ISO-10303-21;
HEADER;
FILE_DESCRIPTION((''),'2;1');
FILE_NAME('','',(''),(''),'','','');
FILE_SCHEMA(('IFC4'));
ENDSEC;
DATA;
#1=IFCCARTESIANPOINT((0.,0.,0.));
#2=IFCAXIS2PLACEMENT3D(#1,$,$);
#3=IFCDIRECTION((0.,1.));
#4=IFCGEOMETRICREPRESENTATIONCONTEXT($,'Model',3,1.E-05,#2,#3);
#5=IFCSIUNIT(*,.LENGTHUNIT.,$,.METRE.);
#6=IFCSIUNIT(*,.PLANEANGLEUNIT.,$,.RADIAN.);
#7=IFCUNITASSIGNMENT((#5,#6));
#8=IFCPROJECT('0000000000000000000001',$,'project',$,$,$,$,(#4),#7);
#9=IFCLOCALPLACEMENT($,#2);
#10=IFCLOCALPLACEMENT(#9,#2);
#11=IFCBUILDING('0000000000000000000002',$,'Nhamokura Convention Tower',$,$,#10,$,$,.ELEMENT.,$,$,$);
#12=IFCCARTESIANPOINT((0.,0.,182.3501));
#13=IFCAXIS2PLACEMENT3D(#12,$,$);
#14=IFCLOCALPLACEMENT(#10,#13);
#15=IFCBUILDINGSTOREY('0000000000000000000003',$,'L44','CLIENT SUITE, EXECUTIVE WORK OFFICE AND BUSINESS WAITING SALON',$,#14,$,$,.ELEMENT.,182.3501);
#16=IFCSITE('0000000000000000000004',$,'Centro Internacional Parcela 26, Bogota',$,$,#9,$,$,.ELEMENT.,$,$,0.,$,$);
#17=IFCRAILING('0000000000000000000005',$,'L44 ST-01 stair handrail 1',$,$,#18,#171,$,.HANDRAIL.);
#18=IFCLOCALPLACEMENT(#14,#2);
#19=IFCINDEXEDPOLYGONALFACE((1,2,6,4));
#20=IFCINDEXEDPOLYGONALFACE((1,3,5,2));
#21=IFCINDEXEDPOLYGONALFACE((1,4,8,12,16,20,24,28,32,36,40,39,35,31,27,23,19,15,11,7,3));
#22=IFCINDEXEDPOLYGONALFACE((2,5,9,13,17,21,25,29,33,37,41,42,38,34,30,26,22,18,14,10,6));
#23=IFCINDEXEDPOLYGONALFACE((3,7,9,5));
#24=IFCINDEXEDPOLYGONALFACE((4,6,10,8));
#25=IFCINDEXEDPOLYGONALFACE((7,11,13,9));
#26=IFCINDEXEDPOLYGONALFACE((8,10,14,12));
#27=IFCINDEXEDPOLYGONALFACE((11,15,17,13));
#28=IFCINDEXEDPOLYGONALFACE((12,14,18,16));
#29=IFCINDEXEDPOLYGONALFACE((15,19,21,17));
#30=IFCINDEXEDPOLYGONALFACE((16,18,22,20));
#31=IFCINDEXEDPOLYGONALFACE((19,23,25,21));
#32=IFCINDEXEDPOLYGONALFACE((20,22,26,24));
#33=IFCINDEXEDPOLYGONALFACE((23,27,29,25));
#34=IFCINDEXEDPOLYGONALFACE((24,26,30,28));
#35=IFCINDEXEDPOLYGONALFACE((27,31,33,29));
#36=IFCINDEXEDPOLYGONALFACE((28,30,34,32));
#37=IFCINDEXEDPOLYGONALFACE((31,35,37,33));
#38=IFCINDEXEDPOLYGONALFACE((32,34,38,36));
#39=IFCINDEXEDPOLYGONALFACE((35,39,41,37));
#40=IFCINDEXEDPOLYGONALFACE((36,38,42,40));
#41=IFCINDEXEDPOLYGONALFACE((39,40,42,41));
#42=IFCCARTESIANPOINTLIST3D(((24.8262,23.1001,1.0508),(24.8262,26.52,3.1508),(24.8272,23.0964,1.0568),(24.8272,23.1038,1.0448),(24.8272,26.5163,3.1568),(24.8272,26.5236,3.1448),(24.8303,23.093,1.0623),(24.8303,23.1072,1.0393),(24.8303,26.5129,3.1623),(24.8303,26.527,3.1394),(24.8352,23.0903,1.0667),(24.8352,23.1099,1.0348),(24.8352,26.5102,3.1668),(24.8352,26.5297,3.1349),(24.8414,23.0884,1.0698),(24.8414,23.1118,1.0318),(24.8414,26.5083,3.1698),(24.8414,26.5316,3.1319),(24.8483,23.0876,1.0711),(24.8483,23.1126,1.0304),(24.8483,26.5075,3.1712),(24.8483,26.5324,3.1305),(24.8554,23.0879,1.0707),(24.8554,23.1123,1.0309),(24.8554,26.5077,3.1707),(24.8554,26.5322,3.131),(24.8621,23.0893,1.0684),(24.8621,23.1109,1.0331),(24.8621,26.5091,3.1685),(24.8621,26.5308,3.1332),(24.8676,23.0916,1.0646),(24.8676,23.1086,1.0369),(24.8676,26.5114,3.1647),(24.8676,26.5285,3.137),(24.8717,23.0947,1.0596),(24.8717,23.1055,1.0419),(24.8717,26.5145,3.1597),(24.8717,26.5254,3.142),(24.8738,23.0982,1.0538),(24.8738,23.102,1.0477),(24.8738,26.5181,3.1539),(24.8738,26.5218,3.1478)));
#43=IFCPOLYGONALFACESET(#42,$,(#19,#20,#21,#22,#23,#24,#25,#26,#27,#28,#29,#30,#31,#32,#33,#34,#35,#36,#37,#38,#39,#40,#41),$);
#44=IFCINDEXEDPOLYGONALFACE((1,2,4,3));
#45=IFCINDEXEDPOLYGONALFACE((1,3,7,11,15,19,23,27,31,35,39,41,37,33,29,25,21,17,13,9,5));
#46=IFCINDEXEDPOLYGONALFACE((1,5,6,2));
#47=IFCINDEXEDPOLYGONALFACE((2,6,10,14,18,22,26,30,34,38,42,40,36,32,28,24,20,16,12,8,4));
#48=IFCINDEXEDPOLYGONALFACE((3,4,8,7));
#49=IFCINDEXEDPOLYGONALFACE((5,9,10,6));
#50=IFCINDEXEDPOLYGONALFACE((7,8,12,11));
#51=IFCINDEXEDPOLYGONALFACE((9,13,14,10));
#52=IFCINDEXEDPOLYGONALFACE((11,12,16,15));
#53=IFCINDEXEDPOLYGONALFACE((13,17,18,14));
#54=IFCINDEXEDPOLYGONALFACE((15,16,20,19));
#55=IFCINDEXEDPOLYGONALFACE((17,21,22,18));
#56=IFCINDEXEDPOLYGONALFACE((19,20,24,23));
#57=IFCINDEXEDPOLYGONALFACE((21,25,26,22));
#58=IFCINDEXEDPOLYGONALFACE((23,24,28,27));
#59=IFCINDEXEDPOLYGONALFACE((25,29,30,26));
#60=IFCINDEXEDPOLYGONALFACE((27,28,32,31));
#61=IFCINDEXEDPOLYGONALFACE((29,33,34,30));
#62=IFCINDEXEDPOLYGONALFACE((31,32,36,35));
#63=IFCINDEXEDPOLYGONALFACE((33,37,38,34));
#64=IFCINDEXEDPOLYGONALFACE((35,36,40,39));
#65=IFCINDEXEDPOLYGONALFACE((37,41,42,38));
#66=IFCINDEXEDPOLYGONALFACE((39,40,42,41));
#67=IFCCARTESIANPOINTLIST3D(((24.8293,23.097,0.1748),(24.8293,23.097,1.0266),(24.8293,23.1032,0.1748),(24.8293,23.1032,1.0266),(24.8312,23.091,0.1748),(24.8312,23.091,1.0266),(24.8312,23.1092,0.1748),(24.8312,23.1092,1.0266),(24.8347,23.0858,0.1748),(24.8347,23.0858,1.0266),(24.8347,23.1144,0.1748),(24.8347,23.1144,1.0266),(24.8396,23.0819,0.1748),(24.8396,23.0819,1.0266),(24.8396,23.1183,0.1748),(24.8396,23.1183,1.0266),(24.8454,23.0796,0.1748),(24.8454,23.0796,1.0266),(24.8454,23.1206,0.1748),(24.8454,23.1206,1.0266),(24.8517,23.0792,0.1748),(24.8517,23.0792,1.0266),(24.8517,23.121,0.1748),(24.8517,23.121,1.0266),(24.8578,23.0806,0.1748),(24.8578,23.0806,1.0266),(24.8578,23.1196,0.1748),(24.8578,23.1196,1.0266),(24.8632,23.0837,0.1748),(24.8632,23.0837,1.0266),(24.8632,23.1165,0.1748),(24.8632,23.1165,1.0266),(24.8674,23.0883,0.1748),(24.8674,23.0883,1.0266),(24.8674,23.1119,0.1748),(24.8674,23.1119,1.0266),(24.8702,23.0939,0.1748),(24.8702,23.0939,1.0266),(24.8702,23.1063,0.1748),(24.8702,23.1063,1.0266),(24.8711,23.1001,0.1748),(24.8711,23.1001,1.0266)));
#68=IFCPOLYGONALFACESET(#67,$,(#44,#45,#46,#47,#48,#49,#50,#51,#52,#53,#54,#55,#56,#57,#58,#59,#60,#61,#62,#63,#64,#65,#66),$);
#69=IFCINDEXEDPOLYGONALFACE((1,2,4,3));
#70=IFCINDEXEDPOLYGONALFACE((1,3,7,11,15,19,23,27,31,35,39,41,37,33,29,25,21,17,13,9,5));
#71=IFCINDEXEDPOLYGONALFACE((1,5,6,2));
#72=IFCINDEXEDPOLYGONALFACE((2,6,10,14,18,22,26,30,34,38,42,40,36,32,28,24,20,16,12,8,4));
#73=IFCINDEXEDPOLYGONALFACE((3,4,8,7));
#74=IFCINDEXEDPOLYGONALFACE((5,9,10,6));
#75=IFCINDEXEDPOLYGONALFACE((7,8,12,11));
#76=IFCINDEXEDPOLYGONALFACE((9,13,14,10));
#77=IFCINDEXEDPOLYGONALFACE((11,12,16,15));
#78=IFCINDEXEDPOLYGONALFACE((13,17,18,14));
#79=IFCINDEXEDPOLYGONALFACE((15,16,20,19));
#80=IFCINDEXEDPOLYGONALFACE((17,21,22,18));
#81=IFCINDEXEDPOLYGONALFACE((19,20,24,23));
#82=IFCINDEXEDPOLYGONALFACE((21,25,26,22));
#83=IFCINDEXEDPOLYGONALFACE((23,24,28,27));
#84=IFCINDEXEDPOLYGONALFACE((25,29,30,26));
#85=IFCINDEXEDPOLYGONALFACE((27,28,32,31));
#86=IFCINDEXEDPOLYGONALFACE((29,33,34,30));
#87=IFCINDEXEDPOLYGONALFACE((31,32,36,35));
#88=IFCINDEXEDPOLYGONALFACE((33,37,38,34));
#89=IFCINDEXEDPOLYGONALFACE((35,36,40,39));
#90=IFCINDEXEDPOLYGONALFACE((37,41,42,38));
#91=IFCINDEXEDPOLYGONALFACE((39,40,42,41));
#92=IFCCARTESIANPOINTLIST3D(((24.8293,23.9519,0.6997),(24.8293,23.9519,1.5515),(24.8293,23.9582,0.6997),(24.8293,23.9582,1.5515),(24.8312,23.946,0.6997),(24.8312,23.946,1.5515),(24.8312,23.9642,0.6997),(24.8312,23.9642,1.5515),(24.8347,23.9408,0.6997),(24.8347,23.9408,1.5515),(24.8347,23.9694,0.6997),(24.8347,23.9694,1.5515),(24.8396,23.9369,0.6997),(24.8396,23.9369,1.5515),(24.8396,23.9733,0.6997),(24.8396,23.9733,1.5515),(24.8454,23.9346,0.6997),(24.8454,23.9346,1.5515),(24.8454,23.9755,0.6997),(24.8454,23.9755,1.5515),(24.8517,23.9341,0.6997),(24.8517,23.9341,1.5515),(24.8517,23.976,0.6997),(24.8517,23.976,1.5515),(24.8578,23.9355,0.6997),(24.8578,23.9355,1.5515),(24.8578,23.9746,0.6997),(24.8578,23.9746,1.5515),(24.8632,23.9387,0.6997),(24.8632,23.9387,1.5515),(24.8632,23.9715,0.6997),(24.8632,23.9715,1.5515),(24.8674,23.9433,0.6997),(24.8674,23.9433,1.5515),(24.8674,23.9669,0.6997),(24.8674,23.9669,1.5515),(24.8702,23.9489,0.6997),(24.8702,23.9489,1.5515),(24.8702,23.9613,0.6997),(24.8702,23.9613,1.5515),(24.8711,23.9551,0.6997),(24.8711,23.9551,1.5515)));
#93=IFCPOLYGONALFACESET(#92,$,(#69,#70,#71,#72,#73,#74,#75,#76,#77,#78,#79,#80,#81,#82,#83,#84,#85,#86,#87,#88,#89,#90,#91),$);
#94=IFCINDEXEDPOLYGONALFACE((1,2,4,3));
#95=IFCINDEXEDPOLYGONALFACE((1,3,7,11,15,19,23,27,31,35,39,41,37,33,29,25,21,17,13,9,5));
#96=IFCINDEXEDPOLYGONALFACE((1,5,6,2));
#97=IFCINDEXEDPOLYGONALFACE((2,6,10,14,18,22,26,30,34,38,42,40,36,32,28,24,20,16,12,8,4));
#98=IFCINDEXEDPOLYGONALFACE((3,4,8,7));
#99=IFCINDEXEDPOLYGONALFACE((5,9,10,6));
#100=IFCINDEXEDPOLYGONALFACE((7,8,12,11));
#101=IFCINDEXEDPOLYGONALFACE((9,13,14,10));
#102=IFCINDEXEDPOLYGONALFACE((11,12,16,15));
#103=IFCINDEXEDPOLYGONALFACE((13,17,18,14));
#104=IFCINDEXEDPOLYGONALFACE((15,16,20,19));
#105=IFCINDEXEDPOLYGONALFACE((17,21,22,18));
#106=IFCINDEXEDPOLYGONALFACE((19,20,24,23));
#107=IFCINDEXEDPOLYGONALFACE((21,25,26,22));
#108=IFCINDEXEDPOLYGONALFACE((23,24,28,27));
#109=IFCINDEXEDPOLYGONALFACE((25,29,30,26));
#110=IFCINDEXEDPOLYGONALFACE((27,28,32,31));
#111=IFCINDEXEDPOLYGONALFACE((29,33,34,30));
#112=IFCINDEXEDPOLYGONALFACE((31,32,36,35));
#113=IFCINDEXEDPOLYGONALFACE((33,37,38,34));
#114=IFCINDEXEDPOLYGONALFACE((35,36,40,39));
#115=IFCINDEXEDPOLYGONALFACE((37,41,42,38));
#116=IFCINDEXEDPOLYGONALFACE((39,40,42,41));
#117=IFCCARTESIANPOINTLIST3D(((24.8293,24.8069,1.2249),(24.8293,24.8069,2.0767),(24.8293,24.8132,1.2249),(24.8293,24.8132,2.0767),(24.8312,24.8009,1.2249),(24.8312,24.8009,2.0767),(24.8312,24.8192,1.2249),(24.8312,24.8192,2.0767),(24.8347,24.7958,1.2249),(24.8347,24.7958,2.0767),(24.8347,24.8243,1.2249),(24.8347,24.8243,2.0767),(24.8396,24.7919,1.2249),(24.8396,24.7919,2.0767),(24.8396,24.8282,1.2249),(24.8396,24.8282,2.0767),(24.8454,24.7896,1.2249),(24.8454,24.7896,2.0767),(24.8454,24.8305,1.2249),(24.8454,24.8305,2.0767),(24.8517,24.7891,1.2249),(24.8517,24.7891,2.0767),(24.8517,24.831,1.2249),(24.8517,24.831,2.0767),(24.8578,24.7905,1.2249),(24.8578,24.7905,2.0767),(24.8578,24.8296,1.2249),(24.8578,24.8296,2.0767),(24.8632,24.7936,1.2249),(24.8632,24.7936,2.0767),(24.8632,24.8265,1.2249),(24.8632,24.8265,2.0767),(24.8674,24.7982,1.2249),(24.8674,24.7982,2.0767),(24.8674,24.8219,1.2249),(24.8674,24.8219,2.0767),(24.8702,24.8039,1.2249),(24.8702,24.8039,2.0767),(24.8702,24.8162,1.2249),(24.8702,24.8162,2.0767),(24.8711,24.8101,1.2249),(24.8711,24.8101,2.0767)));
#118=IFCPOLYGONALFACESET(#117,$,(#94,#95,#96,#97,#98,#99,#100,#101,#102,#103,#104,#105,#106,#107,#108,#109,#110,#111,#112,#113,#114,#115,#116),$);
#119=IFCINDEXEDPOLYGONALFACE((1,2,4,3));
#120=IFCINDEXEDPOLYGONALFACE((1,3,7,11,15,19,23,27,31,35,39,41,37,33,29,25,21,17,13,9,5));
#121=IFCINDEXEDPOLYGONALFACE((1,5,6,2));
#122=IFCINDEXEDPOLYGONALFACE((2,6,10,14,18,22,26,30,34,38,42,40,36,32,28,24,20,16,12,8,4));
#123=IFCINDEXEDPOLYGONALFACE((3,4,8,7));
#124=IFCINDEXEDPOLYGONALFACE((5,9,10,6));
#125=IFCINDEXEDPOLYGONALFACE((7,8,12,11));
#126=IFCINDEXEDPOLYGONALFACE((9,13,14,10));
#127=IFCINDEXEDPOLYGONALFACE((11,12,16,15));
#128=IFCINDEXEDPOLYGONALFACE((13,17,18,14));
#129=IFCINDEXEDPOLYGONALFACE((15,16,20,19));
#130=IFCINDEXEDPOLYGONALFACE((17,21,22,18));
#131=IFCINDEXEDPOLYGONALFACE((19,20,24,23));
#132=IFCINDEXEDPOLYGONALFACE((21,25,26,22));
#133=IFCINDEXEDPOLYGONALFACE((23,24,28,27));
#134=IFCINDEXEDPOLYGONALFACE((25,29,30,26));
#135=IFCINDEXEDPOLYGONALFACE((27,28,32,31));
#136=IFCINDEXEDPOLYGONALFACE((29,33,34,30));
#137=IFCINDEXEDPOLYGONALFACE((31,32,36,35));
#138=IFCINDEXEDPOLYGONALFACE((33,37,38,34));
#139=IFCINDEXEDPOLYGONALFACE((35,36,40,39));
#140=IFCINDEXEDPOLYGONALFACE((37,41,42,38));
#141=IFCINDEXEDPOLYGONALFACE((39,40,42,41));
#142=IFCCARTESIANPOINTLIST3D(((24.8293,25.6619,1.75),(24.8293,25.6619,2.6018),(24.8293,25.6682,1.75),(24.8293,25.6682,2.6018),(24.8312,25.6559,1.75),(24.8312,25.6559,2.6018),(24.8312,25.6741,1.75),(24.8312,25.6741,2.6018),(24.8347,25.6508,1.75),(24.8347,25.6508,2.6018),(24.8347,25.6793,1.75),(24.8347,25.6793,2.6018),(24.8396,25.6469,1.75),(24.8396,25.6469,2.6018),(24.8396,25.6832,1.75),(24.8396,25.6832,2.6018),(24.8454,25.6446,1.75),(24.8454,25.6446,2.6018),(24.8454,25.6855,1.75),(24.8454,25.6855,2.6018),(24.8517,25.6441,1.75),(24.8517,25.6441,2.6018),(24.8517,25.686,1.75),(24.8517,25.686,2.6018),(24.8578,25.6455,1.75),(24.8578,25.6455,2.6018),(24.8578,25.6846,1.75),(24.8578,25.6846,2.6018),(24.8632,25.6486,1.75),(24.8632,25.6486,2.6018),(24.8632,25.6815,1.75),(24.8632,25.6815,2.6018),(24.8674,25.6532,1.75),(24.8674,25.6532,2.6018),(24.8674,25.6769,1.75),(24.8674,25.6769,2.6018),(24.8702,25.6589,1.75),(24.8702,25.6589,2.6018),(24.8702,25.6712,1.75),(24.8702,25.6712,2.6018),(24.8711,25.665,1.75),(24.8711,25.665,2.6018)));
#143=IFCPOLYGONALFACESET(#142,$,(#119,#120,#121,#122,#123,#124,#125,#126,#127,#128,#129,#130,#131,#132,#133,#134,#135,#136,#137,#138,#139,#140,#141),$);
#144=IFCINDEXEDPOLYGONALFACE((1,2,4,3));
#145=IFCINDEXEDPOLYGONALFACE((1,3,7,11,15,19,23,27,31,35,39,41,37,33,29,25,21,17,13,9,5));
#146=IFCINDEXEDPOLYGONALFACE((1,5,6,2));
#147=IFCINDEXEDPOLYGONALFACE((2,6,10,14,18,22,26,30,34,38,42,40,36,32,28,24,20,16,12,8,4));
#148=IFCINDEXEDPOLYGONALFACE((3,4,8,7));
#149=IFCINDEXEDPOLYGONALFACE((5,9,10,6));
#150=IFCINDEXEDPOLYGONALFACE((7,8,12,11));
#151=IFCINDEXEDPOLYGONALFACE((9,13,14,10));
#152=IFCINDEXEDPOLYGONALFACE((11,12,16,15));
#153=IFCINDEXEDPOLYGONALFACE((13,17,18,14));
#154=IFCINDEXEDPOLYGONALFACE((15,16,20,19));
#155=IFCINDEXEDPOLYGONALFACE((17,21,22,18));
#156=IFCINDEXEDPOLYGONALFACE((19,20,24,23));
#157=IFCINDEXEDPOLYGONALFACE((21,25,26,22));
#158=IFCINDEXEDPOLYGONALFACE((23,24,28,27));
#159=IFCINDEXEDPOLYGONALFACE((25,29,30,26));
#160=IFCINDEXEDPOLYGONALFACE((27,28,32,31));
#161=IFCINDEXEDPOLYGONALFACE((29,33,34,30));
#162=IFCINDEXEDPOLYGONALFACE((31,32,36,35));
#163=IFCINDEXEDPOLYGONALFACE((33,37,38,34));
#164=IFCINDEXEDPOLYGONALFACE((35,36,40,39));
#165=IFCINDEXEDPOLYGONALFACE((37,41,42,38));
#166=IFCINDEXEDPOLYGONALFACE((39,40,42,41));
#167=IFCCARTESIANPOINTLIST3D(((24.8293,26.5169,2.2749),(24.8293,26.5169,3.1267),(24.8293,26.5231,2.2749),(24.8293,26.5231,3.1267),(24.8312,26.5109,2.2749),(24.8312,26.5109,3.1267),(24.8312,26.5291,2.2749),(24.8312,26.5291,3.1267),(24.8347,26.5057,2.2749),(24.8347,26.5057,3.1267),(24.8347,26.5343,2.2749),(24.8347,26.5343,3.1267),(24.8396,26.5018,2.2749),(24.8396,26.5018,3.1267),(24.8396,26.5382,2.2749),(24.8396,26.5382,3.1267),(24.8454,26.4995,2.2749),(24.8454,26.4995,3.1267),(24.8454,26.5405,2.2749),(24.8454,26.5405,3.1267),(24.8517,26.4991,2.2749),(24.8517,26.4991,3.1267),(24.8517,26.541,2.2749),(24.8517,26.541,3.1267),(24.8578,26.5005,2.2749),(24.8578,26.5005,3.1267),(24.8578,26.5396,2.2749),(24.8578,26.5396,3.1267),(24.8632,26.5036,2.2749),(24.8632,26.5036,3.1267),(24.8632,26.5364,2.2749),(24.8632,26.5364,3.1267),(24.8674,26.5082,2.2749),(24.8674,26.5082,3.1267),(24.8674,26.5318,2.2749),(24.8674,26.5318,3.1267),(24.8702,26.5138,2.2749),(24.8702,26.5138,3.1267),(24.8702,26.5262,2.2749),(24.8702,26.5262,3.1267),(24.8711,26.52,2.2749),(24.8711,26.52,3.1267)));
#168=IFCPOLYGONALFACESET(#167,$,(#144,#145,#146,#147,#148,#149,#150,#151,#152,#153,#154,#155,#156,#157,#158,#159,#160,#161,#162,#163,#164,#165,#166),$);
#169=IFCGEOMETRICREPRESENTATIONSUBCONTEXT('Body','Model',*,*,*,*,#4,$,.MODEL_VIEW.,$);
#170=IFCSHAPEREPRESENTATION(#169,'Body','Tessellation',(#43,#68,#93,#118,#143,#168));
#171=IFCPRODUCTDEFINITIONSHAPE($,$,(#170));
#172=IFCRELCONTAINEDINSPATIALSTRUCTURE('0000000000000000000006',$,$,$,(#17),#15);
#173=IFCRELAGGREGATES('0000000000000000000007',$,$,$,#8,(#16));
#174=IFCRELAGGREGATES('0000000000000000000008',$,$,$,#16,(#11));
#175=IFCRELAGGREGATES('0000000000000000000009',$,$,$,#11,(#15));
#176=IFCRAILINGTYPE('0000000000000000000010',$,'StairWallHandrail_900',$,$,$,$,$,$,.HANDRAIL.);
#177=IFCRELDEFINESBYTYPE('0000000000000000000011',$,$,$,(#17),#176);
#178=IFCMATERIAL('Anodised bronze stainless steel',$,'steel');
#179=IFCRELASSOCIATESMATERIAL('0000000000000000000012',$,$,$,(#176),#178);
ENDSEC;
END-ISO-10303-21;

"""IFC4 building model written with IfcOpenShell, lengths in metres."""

from ifc_helpers import new_model, si_unit, direction, frame, origin, origin_2d, place, context, subcontext, project, spatial, circle, extrude, material, type_object, element, save


model = new_model("IFC4")

# Units and contexts
model_context = context("Model", 3, precision=1e-05, world=origin(), true_north=direction((0.0, 1.0)))
body_context = subcontext(model_context, "Body", "Model", "MODEL_VIEW")
ifc_project = project(units=[si_unit("LENGTHUNIT", "METRE"), si_unit("PLANEANGLEUNIT", "RADIAN")], contexts=[model_context])

# Site, building, storey
site_placement = place(None, origin())
site = spatial("IfcSite", under=ifc_project, at=site_placement, Name="Centro Internacional Parcela 26, Bogota", CompositionType="ELEMENT", RefElevation=0.0)
building_placement = place(site_placement, origin())
building = spatial("IfcBuilding", under=site, at=building_placement, Name="Nhamokura Convention Tower", CompositionType="ELEMENT")
storey_placement = place(building_placement, frame((0.0, 0.0, 182.3501)))
storey = spatial("IfcBuildingStorey", under=building, at=storey_placement, Name="L44", Description="CLIENT SUITE, EXECUTIVE WORK OFFICE AND BUSINESS WAITING SALON", CompositionType="ELEMENT", Elevation=182.3501)

# Railing
ifc_material_1 = material(Name="Anodised bronze stainless steel", Category="steel")
railing_type_1 = type_object("IfcRailingType", Name="StairWallHandrail_900", PredefinedType="HANDRAIL", material=ifc_material_1)
railing_1_placement = place(storey_placement, frame((24.8501, 23.1001, 0.1748)))
element("IfcRailing", 1, at=railing_1_placement, inside=storey, type_object=railing_type_1, Name="L44 ST-01 stair handrail 1", PredefinedType="HANDRAIL", context=body_context, shape_type="SweptSolid", body=[
    extrude(circle(Radius=0.0239, at=origin_2d()), frame((0.0, 0.0, 0.876), z_axis=(0.0, 0.852155, 0.523289), x_axis=(-1.0, 0.0, 0.0)), (0.0, 0.0, 1.0), 4.0132),
    extrude(circle(Radius=0.021, at=origin_2d()), origin(), (0.0, 0.0, 1.0), 0.8518),
    extrude(circle(Radius=0.021, at=origin_2d()), frame((0.0, 0.855, 0.5249)), (0.0, 0.0, 1.0), 0.8518),
    extrude(circle(Radius=0.021, at=origin_2d()), frame((0.0, 1.71, 1.05)), (0.0, 0.0, 1.0), 0.8518),
    extrude(circle(Radius=0.021, at=origin_2d()), frame((0.0, 2.5649, 1.5752)), (0.0, 0.0, 1.0), 0.8518),
    extrude(circle(Radius=0.021, at=origin_2d()), frame((0.0, 3.4199, 2.1001)), (0.0, 0.0, 1.0), 0.8518),
])

save(model, "model.ifc")
